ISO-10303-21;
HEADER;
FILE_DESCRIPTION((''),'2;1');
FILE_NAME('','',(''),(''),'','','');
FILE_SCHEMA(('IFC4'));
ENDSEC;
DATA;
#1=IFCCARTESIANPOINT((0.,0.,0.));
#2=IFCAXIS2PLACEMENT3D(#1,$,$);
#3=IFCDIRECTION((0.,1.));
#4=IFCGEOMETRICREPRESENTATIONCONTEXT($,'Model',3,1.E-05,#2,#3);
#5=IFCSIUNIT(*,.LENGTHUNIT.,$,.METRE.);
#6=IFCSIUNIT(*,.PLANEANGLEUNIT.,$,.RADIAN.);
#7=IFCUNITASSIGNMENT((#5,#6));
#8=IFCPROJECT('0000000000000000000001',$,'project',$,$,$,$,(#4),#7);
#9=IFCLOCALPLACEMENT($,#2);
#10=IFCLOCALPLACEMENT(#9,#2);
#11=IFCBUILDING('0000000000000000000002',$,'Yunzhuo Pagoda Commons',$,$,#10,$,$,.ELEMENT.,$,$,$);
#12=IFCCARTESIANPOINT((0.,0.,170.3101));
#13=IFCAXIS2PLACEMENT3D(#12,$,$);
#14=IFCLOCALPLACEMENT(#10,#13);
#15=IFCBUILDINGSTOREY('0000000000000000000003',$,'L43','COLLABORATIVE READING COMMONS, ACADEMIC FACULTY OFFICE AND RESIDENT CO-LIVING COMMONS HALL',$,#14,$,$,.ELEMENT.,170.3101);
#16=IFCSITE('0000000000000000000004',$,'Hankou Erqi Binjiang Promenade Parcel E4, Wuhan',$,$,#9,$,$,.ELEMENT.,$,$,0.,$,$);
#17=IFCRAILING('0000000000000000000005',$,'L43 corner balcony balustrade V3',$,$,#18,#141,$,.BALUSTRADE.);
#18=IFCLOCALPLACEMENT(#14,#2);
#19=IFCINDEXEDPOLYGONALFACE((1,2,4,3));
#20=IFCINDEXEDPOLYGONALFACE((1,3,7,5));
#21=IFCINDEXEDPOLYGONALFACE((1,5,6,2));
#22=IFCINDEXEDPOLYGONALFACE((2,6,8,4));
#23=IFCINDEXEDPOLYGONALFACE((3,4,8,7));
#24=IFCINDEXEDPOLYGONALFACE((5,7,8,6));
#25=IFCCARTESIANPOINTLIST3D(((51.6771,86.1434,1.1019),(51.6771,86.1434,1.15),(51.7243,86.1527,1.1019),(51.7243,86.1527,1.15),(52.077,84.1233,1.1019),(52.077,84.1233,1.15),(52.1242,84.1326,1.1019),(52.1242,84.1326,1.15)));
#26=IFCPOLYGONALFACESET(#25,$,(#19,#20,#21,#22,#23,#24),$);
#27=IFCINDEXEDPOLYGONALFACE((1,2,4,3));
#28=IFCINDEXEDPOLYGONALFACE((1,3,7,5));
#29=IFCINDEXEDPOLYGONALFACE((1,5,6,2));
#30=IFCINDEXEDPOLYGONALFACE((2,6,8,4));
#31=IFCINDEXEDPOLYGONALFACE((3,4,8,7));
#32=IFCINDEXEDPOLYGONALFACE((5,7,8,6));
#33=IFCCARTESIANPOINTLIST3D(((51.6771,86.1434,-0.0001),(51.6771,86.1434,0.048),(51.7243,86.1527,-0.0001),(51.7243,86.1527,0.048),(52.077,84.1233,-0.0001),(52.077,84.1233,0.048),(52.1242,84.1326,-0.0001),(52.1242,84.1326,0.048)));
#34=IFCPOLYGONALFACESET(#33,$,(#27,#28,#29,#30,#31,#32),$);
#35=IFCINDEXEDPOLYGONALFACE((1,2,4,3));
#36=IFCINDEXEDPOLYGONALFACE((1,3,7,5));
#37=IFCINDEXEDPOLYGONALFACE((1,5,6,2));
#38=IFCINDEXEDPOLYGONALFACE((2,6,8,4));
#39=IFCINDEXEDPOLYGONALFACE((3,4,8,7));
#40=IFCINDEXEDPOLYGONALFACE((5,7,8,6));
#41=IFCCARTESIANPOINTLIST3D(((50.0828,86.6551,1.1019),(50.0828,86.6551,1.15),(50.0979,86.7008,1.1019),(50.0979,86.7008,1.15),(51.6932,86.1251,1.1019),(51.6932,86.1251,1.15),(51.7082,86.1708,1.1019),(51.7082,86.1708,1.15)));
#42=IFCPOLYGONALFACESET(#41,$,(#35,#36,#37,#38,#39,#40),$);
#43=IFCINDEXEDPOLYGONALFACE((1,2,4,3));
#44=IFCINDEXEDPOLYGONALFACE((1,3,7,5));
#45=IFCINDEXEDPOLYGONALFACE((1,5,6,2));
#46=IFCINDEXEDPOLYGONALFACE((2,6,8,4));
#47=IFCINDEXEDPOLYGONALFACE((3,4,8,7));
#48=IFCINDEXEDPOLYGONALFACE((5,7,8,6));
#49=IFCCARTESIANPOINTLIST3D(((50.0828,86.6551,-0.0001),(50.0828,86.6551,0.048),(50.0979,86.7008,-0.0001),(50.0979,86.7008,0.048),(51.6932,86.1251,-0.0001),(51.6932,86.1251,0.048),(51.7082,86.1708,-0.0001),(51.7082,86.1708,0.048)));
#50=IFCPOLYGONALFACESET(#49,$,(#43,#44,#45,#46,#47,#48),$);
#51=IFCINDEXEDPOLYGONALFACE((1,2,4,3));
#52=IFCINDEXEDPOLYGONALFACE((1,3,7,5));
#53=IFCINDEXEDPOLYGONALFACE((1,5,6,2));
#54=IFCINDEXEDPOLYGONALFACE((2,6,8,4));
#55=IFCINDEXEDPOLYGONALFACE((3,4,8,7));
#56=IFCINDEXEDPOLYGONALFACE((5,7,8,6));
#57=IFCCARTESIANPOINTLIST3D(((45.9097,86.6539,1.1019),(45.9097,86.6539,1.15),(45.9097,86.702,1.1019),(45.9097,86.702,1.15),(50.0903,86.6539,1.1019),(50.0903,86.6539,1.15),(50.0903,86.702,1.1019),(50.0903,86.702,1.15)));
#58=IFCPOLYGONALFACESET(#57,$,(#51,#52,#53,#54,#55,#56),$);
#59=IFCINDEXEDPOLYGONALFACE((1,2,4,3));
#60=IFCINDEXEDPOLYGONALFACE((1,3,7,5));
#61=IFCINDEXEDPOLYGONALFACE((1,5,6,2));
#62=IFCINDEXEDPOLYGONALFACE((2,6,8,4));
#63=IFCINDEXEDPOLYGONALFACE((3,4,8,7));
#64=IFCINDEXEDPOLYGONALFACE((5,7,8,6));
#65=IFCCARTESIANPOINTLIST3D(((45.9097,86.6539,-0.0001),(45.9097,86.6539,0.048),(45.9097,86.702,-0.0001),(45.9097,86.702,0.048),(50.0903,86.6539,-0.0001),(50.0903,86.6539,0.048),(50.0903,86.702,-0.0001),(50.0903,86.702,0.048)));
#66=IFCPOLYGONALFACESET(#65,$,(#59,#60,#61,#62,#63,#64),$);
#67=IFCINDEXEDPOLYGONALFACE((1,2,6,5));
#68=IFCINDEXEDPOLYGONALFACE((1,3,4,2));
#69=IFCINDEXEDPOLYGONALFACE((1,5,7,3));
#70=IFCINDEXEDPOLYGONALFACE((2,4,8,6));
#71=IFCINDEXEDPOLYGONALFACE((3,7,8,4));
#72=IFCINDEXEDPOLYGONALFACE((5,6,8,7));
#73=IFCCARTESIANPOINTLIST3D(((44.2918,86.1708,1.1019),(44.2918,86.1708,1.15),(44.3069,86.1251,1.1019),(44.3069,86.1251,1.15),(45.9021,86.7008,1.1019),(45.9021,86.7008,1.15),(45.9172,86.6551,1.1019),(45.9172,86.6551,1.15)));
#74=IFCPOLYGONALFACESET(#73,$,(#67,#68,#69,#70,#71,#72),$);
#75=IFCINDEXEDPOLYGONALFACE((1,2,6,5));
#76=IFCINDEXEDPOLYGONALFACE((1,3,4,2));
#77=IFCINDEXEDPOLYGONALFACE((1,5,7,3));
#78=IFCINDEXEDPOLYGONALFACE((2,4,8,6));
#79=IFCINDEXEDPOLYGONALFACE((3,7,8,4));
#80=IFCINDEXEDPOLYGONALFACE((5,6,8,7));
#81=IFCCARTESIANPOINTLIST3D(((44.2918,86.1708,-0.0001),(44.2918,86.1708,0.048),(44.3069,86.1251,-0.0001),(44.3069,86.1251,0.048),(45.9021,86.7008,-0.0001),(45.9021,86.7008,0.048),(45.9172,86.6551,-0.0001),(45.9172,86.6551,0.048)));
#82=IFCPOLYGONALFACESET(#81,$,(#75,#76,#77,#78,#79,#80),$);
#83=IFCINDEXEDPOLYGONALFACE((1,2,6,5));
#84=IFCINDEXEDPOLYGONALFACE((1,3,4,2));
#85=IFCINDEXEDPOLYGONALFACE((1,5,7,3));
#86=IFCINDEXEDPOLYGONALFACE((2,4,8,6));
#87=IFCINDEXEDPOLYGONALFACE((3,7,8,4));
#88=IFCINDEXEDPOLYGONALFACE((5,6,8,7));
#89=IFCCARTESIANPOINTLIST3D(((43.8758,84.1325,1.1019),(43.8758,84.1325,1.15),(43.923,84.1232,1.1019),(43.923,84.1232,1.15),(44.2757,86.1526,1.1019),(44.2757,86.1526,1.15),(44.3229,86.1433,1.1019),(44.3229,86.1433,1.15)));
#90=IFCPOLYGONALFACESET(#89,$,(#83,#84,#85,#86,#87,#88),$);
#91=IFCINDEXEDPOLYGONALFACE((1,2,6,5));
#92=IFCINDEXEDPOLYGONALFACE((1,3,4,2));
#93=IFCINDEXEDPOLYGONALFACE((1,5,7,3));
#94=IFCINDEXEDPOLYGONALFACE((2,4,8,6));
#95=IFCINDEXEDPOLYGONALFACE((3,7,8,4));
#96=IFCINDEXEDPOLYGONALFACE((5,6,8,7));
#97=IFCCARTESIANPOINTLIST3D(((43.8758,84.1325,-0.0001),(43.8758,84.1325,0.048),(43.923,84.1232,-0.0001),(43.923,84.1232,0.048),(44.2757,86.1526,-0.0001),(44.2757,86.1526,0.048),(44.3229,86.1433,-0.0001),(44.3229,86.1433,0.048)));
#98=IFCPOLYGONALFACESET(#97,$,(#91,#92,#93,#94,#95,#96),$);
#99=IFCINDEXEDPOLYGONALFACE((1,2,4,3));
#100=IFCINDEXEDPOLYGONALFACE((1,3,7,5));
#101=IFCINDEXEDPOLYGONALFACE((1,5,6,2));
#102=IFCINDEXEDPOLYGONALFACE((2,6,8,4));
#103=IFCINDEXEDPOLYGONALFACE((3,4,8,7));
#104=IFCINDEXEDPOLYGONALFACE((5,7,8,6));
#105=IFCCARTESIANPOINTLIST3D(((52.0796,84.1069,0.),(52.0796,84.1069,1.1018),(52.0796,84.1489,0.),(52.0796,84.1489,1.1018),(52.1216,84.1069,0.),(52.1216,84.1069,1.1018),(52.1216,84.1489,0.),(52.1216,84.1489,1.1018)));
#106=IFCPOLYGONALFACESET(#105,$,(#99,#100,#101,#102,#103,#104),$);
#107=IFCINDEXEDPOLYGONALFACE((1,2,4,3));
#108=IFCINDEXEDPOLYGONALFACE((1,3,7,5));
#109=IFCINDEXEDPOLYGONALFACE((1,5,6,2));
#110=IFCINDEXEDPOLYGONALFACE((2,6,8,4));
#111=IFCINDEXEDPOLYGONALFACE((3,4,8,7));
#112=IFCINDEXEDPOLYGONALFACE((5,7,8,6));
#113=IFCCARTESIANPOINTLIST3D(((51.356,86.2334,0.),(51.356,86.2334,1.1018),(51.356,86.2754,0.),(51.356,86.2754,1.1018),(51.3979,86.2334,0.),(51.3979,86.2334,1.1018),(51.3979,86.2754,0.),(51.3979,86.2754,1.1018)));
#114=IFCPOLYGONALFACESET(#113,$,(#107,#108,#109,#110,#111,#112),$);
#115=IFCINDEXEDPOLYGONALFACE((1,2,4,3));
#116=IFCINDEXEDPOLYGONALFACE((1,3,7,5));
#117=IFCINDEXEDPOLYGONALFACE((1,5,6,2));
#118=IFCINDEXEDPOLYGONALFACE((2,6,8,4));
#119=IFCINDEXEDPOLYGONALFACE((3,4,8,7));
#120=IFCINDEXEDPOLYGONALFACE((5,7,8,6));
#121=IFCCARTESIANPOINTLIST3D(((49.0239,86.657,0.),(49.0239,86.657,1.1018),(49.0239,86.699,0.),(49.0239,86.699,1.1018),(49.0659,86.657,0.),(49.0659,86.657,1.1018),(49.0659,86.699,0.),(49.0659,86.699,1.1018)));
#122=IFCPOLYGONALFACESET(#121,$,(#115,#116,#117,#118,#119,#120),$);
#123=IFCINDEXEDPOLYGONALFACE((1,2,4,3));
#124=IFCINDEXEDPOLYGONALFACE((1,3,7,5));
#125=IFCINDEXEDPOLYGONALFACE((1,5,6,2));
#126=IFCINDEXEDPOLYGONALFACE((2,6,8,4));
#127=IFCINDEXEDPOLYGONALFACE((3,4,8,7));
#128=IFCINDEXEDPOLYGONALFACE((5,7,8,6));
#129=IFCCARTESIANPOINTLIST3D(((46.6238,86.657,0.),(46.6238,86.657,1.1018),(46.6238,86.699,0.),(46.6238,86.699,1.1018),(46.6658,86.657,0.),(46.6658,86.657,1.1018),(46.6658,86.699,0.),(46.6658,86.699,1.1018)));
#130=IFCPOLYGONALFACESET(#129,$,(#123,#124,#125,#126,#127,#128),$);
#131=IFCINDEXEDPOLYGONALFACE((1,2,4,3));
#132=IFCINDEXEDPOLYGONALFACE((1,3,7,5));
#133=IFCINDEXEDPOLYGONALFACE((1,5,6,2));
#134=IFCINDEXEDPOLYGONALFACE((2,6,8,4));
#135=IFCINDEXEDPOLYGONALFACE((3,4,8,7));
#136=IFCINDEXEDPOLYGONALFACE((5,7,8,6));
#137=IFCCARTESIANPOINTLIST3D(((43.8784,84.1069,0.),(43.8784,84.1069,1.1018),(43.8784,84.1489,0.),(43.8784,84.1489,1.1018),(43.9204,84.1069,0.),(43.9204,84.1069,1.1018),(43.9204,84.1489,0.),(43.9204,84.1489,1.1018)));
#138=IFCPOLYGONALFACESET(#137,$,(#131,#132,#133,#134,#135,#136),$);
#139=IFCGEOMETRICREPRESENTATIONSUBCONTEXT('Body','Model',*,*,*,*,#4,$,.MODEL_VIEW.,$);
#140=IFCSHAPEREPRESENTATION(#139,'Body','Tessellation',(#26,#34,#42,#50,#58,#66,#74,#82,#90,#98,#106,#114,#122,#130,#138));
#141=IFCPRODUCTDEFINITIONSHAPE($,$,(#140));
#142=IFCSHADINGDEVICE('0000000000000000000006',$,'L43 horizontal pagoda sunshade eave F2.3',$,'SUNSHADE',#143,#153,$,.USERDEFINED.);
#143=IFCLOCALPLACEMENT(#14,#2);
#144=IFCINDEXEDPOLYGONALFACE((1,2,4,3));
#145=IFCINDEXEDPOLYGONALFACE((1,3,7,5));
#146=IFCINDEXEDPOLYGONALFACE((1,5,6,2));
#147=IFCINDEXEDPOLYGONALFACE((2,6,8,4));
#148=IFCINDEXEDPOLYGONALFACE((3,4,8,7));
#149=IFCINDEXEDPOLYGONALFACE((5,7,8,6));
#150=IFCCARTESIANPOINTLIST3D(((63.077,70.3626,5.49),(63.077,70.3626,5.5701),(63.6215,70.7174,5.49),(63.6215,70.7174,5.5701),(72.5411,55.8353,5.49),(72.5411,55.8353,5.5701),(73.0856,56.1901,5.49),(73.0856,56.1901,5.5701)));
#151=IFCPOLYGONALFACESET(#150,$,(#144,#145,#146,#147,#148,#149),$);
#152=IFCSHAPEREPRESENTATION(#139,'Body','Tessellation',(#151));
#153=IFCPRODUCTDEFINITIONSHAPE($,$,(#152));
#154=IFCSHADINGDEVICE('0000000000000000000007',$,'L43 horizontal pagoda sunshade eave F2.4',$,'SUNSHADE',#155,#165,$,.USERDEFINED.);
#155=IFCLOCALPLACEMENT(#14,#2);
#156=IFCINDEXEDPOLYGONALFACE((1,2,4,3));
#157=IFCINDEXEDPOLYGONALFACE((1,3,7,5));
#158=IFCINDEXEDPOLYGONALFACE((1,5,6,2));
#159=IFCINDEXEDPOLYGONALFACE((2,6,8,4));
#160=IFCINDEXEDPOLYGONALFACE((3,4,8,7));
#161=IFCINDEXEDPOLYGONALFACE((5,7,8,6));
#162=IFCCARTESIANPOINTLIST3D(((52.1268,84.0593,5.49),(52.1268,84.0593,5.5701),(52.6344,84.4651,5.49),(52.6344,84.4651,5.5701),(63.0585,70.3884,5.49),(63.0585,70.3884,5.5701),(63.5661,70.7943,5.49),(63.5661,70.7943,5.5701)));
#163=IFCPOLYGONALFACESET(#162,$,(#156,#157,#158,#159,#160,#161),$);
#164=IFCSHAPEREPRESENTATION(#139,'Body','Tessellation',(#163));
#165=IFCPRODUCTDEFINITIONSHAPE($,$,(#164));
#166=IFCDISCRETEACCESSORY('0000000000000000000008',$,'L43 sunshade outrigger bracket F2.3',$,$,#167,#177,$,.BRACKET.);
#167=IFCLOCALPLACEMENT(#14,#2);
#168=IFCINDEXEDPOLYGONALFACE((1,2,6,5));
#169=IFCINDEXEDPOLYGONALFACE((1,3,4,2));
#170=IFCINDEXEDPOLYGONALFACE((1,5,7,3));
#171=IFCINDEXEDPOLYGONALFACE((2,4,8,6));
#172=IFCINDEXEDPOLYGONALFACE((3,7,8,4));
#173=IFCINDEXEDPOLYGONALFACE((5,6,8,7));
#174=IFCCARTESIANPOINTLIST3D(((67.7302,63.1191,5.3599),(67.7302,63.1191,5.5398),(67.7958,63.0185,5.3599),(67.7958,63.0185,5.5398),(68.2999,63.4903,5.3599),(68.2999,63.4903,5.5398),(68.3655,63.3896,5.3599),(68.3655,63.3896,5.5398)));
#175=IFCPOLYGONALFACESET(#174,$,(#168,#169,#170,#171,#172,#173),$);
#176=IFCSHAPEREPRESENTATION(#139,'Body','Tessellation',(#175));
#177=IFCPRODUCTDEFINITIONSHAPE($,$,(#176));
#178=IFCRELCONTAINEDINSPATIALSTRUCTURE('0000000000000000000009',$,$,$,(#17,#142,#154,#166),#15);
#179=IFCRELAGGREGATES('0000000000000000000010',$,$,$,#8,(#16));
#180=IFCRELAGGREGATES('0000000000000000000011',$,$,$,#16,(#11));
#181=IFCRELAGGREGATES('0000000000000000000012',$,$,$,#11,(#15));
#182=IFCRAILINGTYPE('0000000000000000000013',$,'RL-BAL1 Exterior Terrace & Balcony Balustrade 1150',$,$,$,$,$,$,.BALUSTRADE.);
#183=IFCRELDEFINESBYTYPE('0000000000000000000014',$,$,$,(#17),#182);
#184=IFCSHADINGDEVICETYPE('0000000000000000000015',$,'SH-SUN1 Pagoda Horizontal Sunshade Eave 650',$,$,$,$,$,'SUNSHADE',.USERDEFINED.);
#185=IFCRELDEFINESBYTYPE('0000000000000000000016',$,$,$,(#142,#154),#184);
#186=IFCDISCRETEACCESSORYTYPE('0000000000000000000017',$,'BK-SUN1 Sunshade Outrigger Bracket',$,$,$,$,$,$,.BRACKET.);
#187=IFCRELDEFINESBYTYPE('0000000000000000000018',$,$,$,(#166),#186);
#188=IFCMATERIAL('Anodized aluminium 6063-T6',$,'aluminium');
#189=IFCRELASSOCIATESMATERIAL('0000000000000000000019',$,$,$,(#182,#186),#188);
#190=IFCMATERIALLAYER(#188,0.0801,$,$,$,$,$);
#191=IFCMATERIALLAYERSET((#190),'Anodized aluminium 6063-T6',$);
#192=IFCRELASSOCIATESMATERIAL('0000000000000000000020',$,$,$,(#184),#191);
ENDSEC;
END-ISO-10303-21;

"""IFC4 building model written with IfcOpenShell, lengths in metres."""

from ifc_helpers import new_model, si_unit, direction, frame, origin, origin_2d, place, context, subcontext, project, spatial, rectangle, extrude, source, transform, mapped, material, layer, layer_set, type_object, element, save


model = new_model("IFC4")

# Units and contexts
model_context = context("Model", 3, precision=1e-05, world=origin(), true_north=direction((0.0, 1.0)))
body_context = subcontext(model_context, "Body", "Model", "MODEL_VIEW")
ifc_project = project(units=[si_unit("LENGTHUNIT", "METRE"), si_unit("PLANEANGLEUNIT", "RADIAN")], contexts=[model_context])

# Site, building, storey
site_placement = place(None, origin())
site = spatial("IfcSite", under=ifc_project, at=site_placement, Name="Hankou Erqi Binjiang Promenade Parcel E4, Wuhan", CompositionType="ELEMENT", RefElevation=0.0)
building_placement = place(site_placement, origin())
building = spatial("IfcBuilding", under=site, at=building_placement, Name="Yunzhuo Pagoda Commons", CompositionType="ELEMENT")
storey_placement = place(building_placement, frame((0.0, 0.0, 170.3101)))
storey = spatial("IfcBuildingStorey", under=building, at=storey_placement, Name="L43", Description="COLLABORATIVE READING COMMONS, ACADEMIC FACULTY OFFICE AND RESIDENT CO-LIVING COMMONS HALL", CompositionType="ELEMENT", Elevation=170.3101)

# Shared definitions
ifc_material_1 = material(Name="Anodized aluminium 6063-T6", Category="aluminium")

# Railing
railing_type_1 = type_object("IfcRailingType", Name="RL-BAL1 Exterior Terrace & Balcony Balustrade 1150", PredefinedType="BALUSTRADE", material=ifc_material_1)
railing_1_placement = place(storey_placement, frame((52.1006, 84.1279, 0.0)))
element("IfcRailing", 1, at=railing_1_placement, inside=storey, type_object=railing_type_1, Name="L43 corner balcony balustrade V3", PredefinedType="BALUSTRADE", context=body_context, shape_type="SweptSolid", body=[
    extrude(rectangle(XDim=0.0481, YDim=0.0481, at=origin_2d()), frame((0.0, 0.0, 1.126), z_axis=(-0.194201, 0.980962, 0.0), x_axis=(-0.980962, -0.194201, 0.0)), (0.0, 0.0, 1.0), 2.0593),
    extrude(rectangle(XDim=0.0481, YDim=0.0481, at=origin_2d()), frame((0.0, 0.0, 0.0239), z_axis=(-0.194201, 0.980962, 0.0), x_axis=(-0.980962, -0.194201, 0.0)), (0.0, 0.0, 1.0), 2.0593),
    extrude(rectangle(XDim=0.0481, YDim=0.0481, at=origin_2d()), frame((-0.3999, 2.02, 1.126), z_axis=(-0.949872, 0.31264, 0.0), x_axis=(-0.31264, -0.949872, 0.0)), (0.0, 0.0, 1.0), 1.6953),
    extrude(rectangle(XDim=0.0481, YDim=0.0481, at=origin_2d()), frame((-0.3999, 2.02, 0.0239), z_axis=(-0.949872, 0.31264, 0.0), x_axis=(-0.31264, -0.949872, 0.0)), (0.0, 0.0, 1.0), 1.6953),
    extrude(rectangle(XDim=0.0481, YDim=0.0481, at=origin_2d()), frame((-2.0103, 2.55, 1.126), z_axis=(-1.0, 0.0, 0.0), x_axis=(0.0, -1.0, 0.0)), (0.0, 0.0, 1.0), 4.1807),
    extrude(rectangle(XDim=0.0481, YDim=0.0481, at=origin_2d()), frame((-2.0103, 2.55, 0.0239), z_axis=(-1.0, 0.0, 0.0), x_axis=(0.0, -1.0, 0.0)), (0.0, 0.0, 1.0), 4.1807),
    extrude(rectangle(XDim=0.0481, YDim=0.0481, at=origin_2d()), frame((-6.1909, 2.55, 1.126), z_axis=(-0.949872, -0.31264, 0.0), x_axis=(0.31264, -0.949872, 0.0)), (0.0, 0.0, 1.0), 1.6953),
    extrude(rectangle(XDim=0.0481, YDim=0.0481, at=origin_2d()), frame((-6.1909, 2.55, 0.0239), z_axis=(-0.949872, -0.31264, 0.0), x_axis=(0.31264, -0.949872, 0.0)), (0.0, 0.0, 1.0), 1.6953),
    extrude(rectangle(XDim=0.0481, YDim=0.0481, at=origin_2d()), frame((-7.8013, 2.02, 1.126), z_axis=(-0.194201, -0.980962, 0.0), x_axis=(0.980962, -0.194201, 0.0)), (0.0, 0.0, 1.0), 2.0593),
    extrude(rectangle(XDim=0.0481, YDim=0.0481, at=origin_2d()), frame((-7.8013, 2.02, 0.0239), z_axis=(-0.194201, -0.980962, 0.0), x_axis=(0.980962, -0.194201, 0.0)), (0.0, 0.0, 1.0), 2.0593),
    extrude(rectangle(XDim=0.042, YDim=0.042, at=origin_2d()), origin(), (0.0, 0.0, 1.0), 1.1018),
    extrude(rectangle(XDim=0.042, YDim=0.042, at=origin_2d()), frame((-0.7236, 2.1265, 0.0)), (0.0, 0.0, 1.0), 1.1018),
    extrude(rectangle(XDim=0.042, YDim=0.042, at=origin_2d()), frame((-3.0557, 2.55, 0.0)), (0.0, 0.0, 1.0), 1.1018),
    extrude(rectangle(XDim=0.042, YDim=0.042, at=origin_2d()), frame((-5.4558, 2.55, 0.0)), (0.0, 0.0, 1.0), 1.1018),
    extrude(rectangle(XDim=0.042, YDim=0.042, at=origin_2d()), frame((-8.2012, 0.0, 0.0)), (0.0, 0.0, 1.0), 1.1018),
])

# Shading devices
ifc_layer_1 = layer(ifc_material_1, 0.0801)
ifc_layer_set_1 = layer_set([ifc_layer_1], Name="Anodized aluminium 6063-T6")
shading_device_type = type_object("IfcShadingDeviceType", Name="SH-SUN1 Pagoda Horizontal Sunshade Eave 650", ElementType="SUNSHADE", PredefinedType="USERDEFINED", material=ifc_layer_set_1)
shared_shape_1 = source(origin(), body_context, "Body", "SweptSolid", [
    extrude(rectangle(XDim=17.3381, YDim=0.6499, at=origin_2d()), origin(), (0.0, 0.0, 1.0), 0.0801),
])
shading_device_1_placement = place(storey_placement, frame((68.0813, 63.2764, 5.49), z_axis=(0.0, 0.0, 1.0), x_axis=(-0.545853, 0.837881, 0.0)))
element("IfcShadingDevice", 2, at=shading_device_1_placement, inside=storey, type_object=shading_device_type, Name="L43 horizontal pagoda sunshade eave F2.3", ObjectType="SUNSHADE", PredefinedType="USERDEFINED", context=body_context, shape_type="MappedRepresentation", body=[
    mapped(shared_shape_1, transform((0.0, 0.0, 0.0), scale=1.0)),
])
shared_shape_2 = source(origin(), body_context, "Body", "SweptSolid", [
    extrude(rectangle(XDim=17.5042, YDim=0.6499, at=origin_2d()), origin(), (0.0, 0.0, 1.0), 0.0801),
])
shading_device_2_placement = place(storey_placement, frame((57.8464, 77.4268, 5.49), z_axis=(0.0, 0.0, 1.0), x_axis=(-0.62452, 0.781008, 0.0)))
element("IfcShadingDevice", 3, at=shading_device_2_placement, inside=storey, type_object=shading_device_type, Name="L43 horizontal pagoda sunshade eave F2.4", ObjectType="SUNSHADE", PredefinedType="USERDEFINED", context=body_context, shape_type="MappedRepresentation", body=[
    mapped(shared_shape_2, transform((0.0, 0.0, 0.0), scale=1.0)),
])

# Discrete accessory
discrete_accessory_type = type_object("IfcDiscreteAccessoryType", Name="BK-SUN1 Sunshade Outrigger Bracket", PredefinedType="BRACKET", material=ifc_material_1)
shared_shape_3 = source(origin(), body_context, "Body", "SweptSolid", [
    extrude(rectangle(XDim=0.1201, YDim=0.6799, at=origin_2d()), origin(), (0.0, 0.0, 1.0), 0.1799),
])
discrete_accessory_placement = place(storey_placement, frame((68.0479, 63.2544, 5.3599), z_axis=(0.0, 0.0, 1.0), x_axis=(-0.545853, 0.837881, 0.0)))
element("IfcDiscreteAccessory", 4, at=discrete_accessory_placement, inside=storey, type_object=discrete_accessory_type, Name="L43 sunshade outrigger bracket F2.3", PredefinedType="BRACKET", context=body_context, shape_type="MappedRepresentation", body=[
    mapped(shared_shape_3, transform((0.0, 0.0, 0.0), scale=1.0)),
])

save(model, "model.ifc")
